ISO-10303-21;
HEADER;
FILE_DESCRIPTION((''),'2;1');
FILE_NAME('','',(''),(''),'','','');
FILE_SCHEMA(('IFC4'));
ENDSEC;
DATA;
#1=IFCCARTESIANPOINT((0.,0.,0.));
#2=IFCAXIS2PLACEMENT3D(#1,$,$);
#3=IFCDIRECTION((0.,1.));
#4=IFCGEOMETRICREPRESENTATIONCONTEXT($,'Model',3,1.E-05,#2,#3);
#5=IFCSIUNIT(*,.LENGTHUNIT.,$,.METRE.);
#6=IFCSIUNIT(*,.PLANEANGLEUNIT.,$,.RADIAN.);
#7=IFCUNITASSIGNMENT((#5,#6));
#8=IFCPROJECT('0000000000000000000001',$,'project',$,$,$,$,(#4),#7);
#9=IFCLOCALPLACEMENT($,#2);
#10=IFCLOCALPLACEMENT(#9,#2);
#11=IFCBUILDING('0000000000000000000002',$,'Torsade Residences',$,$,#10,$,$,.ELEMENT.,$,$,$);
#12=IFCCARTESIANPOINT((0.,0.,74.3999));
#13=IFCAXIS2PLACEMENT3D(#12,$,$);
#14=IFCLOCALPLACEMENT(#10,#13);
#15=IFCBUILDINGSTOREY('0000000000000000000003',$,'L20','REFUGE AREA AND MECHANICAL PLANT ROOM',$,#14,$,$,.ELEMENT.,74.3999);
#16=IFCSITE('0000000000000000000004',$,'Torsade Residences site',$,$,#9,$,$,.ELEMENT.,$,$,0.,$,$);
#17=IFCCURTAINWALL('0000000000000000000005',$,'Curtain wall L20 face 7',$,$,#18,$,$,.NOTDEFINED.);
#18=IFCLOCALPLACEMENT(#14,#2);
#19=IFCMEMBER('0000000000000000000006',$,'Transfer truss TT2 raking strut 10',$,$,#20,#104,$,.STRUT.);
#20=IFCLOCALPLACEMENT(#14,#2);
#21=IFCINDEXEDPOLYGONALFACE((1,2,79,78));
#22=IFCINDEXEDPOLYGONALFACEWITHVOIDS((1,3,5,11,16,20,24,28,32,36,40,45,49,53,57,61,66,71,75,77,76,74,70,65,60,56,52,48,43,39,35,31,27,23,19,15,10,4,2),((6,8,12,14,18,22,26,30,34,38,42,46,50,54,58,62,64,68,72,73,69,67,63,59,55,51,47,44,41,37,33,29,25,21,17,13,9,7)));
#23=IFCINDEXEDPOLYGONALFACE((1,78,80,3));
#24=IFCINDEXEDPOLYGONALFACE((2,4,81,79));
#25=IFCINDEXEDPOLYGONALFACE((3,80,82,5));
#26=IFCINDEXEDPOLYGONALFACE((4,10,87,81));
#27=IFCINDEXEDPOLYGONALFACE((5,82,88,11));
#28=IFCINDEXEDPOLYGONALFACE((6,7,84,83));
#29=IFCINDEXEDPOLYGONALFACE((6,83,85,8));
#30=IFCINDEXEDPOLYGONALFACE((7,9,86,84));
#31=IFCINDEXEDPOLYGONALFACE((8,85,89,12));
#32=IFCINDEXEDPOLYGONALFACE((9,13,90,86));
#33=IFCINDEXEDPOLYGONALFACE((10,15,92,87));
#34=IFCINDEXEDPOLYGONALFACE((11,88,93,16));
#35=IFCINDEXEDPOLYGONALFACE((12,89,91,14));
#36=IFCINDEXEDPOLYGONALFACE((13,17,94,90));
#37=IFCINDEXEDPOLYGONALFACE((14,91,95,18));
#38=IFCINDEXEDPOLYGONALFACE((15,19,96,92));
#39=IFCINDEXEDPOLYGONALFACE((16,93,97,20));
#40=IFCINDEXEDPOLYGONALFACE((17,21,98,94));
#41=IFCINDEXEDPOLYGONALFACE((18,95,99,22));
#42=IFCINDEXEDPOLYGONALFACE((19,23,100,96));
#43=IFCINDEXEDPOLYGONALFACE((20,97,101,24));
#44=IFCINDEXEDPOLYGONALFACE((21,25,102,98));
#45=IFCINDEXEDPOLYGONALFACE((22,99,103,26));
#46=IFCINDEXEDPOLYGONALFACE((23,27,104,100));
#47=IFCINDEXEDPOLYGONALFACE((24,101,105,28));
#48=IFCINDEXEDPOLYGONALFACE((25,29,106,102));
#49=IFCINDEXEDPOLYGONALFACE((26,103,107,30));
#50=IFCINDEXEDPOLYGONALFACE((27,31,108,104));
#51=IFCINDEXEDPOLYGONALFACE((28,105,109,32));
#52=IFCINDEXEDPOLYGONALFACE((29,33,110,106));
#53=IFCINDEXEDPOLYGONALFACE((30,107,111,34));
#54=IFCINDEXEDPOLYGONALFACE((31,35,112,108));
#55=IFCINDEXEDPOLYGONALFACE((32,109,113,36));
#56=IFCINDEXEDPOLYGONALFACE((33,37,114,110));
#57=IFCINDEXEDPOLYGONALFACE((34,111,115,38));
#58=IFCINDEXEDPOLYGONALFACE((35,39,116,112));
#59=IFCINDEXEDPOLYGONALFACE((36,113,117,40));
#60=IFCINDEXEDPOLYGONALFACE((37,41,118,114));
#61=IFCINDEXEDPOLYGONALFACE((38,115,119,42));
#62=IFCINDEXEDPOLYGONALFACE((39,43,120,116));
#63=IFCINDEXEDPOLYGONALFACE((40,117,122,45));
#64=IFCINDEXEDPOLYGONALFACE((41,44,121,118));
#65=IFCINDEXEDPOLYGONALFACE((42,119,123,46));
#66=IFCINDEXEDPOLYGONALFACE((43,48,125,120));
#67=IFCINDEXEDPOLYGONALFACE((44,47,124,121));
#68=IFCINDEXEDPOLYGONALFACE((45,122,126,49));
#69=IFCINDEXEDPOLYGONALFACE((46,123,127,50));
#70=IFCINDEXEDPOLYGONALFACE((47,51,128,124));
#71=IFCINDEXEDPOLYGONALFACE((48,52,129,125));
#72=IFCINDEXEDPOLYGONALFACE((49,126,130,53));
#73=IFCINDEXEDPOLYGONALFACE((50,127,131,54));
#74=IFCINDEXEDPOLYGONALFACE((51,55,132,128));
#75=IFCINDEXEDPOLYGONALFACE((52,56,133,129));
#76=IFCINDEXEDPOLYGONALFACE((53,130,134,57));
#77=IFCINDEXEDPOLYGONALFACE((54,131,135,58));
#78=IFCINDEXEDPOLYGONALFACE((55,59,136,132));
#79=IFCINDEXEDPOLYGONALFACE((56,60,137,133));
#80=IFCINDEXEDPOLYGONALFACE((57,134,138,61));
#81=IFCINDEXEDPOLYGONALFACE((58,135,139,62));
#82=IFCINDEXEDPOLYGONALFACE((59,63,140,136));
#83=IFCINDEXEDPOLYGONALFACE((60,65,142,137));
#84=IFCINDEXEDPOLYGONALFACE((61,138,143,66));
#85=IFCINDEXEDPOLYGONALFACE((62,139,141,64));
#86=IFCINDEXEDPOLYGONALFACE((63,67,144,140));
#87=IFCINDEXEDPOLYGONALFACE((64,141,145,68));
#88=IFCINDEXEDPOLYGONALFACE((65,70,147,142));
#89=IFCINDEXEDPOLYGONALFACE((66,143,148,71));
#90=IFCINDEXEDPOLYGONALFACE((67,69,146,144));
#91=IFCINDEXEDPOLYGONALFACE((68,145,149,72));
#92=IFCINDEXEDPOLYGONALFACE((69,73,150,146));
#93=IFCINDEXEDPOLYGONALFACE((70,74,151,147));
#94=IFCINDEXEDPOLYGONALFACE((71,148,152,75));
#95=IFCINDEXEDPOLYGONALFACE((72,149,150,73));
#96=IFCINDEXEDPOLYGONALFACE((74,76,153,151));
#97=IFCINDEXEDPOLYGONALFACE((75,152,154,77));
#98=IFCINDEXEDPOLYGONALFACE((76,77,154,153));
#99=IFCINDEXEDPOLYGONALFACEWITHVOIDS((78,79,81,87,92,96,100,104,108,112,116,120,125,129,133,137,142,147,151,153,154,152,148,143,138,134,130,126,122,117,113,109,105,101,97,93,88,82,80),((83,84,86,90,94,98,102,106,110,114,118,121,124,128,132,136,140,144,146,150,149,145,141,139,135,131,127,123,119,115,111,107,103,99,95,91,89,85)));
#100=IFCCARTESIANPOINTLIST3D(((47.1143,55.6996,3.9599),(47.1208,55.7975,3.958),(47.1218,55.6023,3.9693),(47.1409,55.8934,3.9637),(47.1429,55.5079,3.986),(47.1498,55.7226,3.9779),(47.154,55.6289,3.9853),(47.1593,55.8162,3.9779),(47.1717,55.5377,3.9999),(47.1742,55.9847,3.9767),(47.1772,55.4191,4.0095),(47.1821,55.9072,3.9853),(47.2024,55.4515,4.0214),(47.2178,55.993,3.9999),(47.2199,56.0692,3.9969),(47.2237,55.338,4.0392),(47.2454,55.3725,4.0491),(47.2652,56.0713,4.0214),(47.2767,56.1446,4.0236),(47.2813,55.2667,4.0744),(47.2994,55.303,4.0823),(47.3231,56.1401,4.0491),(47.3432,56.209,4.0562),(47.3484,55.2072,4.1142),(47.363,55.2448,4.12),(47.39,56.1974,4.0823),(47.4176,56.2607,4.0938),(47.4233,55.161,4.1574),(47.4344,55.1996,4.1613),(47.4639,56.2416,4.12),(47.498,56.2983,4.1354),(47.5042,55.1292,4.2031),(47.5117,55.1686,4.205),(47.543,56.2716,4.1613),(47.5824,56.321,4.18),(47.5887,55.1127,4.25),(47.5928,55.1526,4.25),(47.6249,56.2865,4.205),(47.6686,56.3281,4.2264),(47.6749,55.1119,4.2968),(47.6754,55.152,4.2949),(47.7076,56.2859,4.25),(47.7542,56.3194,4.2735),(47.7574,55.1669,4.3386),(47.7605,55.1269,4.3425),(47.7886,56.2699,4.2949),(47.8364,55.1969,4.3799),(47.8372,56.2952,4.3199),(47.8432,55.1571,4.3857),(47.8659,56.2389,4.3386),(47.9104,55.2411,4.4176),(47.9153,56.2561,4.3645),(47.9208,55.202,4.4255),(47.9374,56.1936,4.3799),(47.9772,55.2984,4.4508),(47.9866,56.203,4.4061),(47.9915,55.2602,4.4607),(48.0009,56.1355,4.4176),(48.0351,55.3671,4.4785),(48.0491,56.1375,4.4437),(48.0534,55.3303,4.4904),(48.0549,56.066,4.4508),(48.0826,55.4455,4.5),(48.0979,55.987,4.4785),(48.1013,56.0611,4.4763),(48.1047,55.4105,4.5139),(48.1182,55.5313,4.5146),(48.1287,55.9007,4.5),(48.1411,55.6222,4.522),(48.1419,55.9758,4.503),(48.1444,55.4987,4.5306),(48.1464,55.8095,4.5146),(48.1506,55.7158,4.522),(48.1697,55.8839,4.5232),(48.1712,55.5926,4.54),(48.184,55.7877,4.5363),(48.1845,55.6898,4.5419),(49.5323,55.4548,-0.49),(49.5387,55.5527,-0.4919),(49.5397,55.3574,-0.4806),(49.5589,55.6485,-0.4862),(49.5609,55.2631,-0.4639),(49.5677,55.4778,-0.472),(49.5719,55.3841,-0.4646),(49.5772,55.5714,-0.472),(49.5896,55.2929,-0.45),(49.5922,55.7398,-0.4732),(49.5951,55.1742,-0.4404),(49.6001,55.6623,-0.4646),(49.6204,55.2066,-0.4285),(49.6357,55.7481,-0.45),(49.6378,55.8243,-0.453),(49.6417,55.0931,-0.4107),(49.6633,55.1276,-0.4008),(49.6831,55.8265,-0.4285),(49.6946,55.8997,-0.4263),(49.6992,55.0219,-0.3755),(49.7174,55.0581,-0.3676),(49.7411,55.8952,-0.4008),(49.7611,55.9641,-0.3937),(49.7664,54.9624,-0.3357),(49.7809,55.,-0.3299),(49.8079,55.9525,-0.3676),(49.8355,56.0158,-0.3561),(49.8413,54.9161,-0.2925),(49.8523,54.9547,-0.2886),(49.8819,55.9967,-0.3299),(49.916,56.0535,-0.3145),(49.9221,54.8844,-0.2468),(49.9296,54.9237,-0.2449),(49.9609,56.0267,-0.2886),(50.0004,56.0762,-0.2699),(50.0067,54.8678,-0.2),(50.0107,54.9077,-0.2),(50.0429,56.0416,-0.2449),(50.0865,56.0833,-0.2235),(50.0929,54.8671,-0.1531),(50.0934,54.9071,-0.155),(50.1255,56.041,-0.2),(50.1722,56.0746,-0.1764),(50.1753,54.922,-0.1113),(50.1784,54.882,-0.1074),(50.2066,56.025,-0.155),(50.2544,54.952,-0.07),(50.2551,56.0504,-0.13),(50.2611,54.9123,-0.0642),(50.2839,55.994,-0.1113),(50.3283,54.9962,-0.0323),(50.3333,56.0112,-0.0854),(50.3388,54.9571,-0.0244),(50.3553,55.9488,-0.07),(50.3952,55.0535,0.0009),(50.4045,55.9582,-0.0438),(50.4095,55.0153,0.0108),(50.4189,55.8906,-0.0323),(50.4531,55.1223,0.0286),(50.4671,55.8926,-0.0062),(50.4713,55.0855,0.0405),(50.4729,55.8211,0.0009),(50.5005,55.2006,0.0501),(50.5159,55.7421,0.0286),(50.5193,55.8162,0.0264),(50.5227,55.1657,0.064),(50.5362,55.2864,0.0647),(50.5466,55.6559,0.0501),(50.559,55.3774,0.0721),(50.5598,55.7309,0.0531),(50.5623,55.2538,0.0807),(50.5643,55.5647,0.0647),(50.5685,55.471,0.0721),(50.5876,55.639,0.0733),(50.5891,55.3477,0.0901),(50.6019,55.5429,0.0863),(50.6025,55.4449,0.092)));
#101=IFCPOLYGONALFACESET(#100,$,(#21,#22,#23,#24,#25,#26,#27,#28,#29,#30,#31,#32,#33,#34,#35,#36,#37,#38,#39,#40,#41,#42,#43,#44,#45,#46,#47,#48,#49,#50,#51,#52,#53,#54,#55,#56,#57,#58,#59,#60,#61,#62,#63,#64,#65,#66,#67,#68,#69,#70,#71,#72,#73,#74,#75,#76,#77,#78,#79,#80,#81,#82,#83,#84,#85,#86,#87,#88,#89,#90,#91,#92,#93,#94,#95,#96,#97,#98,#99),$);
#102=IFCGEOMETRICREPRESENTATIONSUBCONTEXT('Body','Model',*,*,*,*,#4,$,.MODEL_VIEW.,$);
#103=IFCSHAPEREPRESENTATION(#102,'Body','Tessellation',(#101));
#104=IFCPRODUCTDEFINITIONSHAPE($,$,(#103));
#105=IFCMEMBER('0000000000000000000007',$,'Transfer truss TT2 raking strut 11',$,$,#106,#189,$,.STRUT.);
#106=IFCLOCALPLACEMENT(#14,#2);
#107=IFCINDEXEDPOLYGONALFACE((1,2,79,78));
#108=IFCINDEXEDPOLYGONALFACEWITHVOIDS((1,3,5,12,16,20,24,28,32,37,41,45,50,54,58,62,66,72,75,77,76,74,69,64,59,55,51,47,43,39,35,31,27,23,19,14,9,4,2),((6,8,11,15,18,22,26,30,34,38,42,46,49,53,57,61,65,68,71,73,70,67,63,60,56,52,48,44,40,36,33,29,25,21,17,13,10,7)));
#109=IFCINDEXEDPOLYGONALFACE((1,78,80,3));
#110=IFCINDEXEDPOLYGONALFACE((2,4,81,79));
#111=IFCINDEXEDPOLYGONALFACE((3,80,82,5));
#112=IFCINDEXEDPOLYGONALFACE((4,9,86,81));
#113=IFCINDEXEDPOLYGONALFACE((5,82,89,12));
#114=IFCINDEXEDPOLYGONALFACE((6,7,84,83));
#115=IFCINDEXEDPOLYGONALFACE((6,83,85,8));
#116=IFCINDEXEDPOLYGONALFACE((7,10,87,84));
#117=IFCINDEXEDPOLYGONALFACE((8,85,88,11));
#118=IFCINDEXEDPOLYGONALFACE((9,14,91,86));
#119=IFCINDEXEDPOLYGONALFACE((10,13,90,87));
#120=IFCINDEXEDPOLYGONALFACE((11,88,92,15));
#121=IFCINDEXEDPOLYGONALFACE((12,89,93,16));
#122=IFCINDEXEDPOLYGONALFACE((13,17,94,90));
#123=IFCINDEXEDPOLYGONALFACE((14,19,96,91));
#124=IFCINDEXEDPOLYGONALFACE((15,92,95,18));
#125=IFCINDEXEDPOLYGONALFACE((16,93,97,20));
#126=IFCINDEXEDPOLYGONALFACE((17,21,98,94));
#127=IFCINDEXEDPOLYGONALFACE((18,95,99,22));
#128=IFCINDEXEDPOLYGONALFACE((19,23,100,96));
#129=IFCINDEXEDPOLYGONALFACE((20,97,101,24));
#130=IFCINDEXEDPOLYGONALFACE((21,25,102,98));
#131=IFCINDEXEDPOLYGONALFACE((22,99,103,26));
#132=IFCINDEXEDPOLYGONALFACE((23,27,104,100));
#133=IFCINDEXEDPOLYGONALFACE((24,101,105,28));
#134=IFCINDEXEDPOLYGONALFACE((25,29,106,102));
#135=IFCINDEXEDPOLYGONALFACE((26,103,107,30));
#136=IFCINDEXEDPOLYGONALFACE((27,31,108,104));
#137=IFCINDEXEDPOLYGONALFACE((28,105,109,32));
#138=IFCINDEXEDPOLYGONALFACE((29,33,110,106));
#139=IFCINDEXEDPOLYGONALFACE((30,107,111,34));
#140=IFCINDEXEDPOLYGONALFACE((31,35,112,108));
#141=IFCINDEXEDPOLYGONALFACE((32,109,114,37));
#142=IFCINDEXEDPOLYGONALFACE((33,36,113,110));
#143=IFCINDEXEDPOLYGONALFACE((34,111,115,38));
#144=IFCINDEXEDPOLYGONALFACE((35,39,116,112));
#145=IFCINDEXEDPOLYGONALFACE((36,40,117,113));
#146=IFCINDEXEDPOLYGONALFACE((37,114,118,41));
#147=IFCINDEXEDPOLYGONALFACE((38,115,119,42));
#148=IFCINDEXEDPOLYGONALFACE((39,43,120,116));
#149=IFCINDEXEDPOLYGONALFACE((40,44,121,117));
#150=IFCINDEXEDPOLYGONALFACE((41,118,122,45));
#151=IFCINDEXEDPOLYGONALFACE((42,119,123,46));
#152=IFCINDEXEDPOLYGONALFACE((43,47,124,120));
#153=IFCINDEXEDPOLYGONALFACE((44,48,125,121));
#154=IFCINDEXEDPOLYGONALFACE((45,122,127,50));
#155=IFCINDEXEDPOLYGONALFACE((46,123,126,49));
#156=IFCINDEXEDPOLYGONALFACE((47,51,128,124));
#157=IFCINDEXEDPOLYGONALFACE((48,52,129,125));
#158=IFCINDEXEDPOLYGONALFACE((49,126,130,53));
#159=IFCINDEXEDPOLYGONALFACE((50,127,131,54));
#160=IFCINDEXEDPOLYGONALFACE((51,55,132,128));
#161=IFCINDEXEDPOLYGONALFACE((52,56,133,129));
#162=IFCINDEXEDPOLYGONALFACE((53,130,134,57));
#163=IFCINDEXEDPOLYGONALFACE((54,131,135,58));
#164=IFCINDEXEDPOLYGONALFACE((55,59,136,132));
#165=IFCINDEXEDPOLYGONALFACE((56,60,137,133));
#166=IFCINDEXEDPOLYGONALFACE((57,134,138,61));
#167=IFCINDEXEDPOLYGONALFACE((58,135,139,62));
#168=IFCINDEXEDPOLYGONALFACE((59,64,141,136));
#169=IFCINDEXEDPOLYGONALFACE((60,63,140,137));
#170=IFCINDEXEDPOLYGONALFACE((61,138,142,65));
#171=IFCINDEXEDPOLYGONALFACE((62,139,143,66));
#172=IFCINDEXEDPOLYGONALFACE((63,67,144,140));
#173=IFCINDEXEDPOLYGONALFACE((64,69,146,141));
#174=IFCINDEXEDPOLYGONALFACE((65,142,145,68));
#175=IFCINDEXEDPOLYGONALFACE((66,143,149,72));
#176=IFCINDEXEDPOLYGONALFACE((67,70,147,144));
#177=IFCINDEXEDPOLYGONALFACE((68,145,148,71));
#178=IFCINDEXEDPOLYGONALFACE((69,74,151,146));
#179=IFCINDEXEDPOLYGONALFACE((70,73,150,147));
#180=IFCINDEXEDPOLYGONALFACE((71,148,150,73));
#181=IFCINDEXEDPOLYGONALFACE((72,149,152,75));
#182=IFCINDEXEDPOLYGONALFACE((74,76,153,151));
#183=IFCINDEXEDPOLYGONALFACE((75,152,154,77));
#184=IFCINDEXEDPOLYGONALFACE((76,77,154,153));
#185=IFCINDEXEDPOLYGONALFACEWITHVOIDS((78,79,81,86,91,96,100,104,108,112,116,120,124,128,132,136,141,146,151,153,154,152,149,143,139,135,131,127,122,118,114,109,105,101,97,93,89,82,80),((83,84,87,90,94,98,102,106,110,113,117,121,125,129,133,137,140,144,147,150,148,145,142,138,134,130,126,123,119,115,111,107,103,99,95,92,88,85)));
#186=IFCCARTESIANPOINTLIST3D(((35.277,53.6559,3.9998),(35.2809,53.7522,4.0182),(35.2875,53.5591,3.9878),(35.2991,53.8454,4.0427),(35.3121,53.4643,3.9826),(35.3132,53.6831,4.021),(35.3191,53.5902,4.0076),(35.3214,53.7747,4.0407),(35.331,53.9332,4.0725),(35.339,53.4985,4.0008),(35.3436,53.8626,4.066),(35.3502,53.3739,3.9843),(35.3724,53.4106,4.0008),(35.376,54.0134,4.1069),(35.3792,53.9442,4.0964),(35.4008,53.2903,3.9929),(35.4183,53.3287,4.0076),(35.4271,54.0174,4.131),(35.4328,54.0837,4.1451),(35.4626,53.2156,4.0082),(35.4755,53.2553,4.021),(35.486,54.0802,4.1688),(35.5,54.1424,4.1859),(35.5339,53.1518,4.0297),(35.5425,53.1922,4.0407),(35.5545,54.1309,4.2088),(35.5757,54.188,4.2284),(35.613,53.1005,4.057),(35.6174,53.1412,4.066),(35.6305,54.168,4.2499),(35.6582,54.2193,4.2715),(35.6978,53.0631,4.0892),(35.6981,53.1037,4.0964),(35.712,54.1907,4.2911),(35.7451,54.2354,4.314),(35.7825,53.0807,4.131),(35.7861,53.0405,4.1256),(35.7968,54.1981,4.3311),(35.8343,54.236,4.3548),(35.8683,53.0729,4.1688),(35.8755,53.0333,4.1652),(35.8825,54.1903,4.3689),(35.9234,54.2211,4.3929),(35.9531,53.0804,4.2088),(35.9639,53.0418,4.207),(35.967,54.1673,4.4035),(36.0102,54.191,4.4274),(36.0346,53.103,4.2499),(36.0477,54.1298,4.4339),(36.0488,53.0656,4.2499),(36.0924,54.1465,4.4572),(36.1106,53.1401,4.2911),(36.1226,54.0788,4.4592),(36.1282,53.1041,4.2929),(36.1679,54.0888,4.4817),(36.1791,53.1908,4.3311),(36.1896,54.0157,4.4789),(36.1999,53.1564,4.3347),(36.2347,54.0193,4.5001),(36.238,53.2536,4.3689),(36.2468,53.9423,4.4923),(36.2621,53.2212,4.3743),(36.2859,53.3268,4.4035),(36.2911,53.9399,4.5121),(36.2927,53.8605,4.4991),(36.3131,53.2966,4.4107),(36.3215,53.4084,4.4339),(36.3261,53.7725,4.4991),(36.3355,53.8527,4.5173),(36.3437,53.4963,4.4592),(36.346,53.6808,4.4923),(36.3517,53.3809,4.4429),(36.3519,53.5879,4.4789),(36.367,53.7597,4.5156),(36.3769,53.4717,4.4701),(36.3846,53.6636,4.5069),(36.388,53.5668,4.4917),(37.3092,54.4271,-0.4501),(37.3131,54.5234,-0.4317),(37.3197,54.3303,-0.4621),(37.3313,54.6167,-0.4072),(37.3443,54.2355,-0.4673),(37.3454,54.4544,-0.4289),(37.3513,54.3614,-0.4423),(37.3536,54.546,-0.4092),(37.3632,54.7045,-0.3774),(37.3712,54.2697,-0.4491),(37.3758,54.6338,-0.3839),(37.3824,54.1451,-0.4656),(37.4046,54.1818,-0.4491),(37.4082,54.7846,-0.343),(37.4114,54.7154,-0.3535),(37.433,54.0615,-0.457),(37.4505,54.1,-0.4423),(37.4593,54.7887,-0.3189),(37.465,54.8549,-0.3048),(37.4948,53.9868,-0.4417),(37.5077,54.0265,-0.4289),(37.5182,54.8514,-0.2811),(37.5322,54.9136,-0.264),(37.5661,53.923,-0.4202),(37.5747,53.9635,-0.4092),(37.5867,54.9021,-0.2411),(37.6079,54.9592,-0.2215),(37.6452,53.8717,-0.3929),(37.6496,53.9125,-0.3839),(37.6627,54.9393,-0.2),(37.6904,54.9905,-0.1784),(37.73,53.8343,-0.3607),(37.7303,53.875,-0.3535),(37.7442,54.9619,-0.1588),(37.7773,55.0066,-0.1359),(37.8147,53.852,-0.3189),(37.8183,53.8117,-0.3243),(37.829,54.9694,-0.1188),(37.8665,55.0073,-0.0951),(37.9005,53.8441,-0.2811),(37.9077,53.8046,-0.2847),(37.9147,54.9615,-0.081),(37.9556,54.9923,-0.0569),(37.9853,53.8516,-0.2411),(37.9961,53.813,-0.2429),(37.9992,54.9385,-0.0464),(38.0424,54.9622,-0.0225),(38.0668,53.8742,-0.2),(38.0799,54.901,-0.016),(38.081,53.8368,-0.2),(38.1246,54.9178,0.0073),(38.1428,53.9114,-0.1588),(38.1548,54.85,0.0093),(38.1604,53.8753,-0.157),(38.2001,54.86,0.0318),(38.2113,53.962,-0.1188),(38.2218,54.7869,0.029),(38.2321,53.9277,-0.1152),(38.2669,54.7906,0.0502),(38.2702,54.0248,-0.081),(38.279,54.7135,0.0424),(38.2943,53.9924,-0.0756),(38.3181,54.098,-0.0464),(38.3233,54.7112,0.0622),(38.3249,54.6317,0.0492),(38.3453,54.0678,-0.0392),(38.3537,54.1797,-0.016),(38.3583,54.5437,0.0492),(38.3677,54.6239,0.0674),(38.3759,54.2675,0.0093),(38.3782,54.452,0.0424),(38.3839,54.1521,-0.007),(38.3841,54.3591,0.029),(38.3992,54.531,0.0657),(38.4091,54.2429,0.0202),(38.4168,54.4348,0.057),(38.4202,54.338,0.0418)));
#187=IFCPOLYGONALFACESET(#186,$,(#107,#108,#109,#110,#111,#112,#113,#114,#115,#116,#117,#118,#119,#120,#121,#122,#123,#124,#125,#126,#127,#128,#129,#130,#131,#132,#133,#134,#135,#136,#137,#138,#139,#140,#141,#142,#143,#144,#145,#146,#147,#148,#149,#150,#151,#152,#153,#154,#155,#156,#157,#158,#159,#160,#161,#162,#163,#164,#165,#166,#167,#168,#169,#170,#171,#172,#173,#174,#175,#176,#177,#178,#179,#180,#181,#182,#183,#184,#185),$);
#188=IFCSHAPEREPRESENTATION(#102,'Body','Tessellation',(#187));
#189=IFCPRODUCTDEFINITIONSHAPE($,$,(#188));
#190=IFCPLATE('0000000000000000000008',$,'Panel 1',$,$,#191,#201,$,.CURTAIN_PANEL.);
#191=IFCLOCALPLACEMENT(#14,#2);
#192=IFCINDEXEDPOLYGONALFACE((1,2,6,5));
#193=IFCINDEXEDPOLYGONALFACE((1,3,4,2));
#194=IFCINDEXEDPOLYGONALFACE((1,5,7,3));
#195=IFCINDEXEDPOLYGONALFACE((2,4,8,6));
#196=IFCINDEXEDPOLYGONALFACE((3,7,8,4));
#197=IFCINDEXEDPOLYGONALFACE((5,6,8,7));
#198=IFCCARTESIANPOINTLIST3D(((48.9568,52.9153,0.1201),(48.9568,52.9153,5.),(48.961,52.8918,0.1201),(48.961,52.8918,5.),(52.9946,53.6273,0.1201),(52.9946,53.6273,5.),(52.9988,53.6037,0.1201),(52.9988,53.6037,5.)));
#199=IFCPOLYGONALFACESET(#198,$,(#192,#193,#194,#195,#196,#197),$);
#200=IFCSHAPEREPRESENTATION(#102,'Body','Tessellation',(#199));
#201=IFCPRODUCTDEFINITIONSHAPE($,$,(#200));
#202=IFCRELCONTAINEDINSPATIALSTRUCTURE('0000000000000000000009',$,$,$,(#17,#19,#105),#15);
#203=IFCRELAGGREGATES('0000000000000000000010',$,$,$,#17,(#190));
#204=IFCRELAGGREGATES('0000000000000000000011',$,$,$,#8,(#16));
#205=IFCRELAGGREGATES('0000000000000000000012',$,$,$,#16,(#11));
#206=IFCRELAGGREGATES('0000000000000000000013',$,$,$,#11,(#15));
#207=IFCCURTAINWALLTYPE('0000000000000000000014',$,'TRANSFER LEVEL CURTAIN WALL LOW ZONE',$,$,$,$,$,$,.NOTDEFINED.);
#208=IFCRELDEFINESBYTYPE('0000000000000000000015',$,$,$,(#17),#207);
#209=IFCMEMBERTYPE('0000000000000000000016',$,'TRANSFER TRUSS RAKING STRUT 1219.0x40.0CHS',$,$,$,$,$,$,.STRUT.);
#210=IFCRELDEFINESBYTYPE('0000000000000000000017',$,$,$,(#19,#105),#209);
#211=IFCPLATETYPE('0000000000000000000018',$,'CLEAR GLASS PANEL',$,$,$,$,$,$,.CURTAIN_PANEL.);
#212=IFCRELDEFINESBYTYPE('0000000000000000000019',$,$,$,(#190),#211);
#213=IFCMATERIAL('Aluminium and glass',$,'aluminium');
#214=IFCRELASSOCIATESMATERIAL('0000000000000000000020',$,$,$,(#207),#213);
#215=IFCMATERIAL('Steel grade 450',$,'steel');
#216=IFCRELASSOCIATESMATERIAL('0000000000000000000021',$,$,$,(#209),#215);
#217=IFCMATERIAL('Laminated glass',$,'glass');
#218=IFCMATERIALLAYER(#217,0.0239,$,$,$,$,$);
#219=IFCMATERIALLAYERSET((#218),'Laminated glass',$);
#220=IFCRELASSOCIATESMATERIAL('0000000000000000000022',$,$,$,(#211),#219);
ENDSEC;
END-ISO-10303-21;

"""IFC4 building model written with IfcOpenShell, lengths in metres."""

from ifc_helpers import new_model, si_unit, direction, frame, origin, origin_2d, place, context, subcontext, project, spatial, rectangle, hollow_circle, extrude, material, layer, layer_set, material_profile, profile_set, type_object, element, aggregate, save


model = new_model("IFC4")

# Units and contexts
model_context = context("Model", 3, precision=1e-05, world=origin(), true_north=direction((0.0, 1.0)))
body_context = subcontext(model_context, "Body", "Model", "MODEL_VIEW")
ifc_project = project(units=[si_unit("LENGTHUNIT", "METRE"), si_unit("PLANEANGLEUNIT", "RADIAN")], contexts=[model_context])

# Site, building, storey
site_placement = place(None, origin())
site = spatial("IfcSite", under=ifc_project, at=site_placement, Name="Torsade Residences site", CompositionType="ELEMENT", RefElevation=0.0)
building_placement = place(site_placement, origin())
building = spatial("IfcBuilding", under=site, at=building_placement, Name="Torsade Residences", CompositionType="ELEMENT")
storey_placement = place(building_placement, frame((0.0, 0.0, 74.3999)))
storey = spatial("IfcBuildingStorey", under=building, at=storey_placement, Name="L20", Description="REFUGE AREA AND MECHANICAL PLANT ROOM", CompositionType="ELEMENT", Elevation=74.3999)

# Curtain wall
ifc_material_1 = material(Name="Aluminium and glass", Category="aluminium")
curtain_wall_type = type_object("IfcCurtainWallType", Name="TRANSFER LEVEL CURTAIN WALL LOW ZONE", PredefinedType="NOTDEFINED", material=ifc_material_1)
curtain_wall_placement = place(storey_placement, origin())
curtain_wall = element("IfcCurtainWall", 1, at=curtain_wall_placement, inside=storey, type_object=curtain_wall_type, Name="Curtain wall L20 face 7", PredefinedType="NOTDEFINED")

# Members
ifc_material_2 = material(Name="Steel grade 450", Category="steel")
ifc_material_profile_1 = material_profile(ifc_material_2, hollow_circle(Radius=0.6096, WallThickness=0.04, at=origin_2d()), Name="1219.0x40.0CHS")
ifc_profile_set_1 = profile_set([ifc_material_profile_1], Name="Steel grade 450")
member_type_1 = type_object("IfcMemberType", Name="TRANSFER TRUSS RAKING STRUT 1219.0x40.0CHS", PredefinedType="STRUT", material=ifc_profile_set_1)
member_1_placement = place(storey_placement, frame((50.0681, 55.4744, -0.2), z_axis=(-0.476883, 0.048295, 0.877639), x_axis=(-0.100757, -0.994911, 0.0)))
element("IfcMember", 2, at=member_1_placement, inside=storey, type_object=member_type_1, Name="Transfer truss TT2 raking strut 10", PredefinedType="STRUT", context=body_context, shape_type="SweptSolid", body=[
    extrude(hollow_circle(Radius=0.6096, WallThickness=0.04, at=origin_2d()), origin(), (0.0, 0.0, 1.0), 5.0703),
])
member_2_placement = place(storey_placement, frame((37.8647, 54.4067, -0.2), z_axis=(-0.410347, -0.155729, 0.898534), x_axis=(0.354813, -0.934937, 0.0)))
element("IfcMember", 3, at=member_2_placement, inside=storey, type_object=member_type_1, Name="Transfer truss TT2 raking strut 11", PredefinedType="STRUT", context=body_context, shape_type="SweptSolid", body=[
    extrude(hollow_circle(Radius=0.6096, WallThickness=0.04, at=origin_2d()), origin(), (0.0, 0.0, 1.0), 4.9524),
])

# Plate
ifc_material_3 = material(Name="Laminated glass", Category="glass")
ifc_layer_1 = layer(ifc_material_3, 0.0239)
ifc_layer_set_1 = layer_set([ifc_layer_1], Name="Laminated glass")
plate_type = type_object("IfcPlateType", Name="CLEAR GLASS PANEL", PredefinedType="CURTAIN_PANEL", material=ifc_layer_set_1)
plate_1_placement = place(storey_placement, frame((50.9778, 53.2595, 0.1201), z_axis=(0.0, 0.0, 1.0), x_axis=(-0.984808, -0.173648, 0.0)))
plate_1 = element("IfcPlate", 4, at=plate_1_placement, type_object=plate_type, Name="Panel 1", PredefinedType="CURTAIN_PANEL", context=body_context, shape_type="SweptSolid", body=[
    extrude(rectangle(XDim=4.1001, YDim=0.0239, at=origin_2d()), origin(), (0.0, 0.0, 1.0), 4.8799),
])
aggregate(curtain_wall, [plate_1])

save(model, "model.ifc")
